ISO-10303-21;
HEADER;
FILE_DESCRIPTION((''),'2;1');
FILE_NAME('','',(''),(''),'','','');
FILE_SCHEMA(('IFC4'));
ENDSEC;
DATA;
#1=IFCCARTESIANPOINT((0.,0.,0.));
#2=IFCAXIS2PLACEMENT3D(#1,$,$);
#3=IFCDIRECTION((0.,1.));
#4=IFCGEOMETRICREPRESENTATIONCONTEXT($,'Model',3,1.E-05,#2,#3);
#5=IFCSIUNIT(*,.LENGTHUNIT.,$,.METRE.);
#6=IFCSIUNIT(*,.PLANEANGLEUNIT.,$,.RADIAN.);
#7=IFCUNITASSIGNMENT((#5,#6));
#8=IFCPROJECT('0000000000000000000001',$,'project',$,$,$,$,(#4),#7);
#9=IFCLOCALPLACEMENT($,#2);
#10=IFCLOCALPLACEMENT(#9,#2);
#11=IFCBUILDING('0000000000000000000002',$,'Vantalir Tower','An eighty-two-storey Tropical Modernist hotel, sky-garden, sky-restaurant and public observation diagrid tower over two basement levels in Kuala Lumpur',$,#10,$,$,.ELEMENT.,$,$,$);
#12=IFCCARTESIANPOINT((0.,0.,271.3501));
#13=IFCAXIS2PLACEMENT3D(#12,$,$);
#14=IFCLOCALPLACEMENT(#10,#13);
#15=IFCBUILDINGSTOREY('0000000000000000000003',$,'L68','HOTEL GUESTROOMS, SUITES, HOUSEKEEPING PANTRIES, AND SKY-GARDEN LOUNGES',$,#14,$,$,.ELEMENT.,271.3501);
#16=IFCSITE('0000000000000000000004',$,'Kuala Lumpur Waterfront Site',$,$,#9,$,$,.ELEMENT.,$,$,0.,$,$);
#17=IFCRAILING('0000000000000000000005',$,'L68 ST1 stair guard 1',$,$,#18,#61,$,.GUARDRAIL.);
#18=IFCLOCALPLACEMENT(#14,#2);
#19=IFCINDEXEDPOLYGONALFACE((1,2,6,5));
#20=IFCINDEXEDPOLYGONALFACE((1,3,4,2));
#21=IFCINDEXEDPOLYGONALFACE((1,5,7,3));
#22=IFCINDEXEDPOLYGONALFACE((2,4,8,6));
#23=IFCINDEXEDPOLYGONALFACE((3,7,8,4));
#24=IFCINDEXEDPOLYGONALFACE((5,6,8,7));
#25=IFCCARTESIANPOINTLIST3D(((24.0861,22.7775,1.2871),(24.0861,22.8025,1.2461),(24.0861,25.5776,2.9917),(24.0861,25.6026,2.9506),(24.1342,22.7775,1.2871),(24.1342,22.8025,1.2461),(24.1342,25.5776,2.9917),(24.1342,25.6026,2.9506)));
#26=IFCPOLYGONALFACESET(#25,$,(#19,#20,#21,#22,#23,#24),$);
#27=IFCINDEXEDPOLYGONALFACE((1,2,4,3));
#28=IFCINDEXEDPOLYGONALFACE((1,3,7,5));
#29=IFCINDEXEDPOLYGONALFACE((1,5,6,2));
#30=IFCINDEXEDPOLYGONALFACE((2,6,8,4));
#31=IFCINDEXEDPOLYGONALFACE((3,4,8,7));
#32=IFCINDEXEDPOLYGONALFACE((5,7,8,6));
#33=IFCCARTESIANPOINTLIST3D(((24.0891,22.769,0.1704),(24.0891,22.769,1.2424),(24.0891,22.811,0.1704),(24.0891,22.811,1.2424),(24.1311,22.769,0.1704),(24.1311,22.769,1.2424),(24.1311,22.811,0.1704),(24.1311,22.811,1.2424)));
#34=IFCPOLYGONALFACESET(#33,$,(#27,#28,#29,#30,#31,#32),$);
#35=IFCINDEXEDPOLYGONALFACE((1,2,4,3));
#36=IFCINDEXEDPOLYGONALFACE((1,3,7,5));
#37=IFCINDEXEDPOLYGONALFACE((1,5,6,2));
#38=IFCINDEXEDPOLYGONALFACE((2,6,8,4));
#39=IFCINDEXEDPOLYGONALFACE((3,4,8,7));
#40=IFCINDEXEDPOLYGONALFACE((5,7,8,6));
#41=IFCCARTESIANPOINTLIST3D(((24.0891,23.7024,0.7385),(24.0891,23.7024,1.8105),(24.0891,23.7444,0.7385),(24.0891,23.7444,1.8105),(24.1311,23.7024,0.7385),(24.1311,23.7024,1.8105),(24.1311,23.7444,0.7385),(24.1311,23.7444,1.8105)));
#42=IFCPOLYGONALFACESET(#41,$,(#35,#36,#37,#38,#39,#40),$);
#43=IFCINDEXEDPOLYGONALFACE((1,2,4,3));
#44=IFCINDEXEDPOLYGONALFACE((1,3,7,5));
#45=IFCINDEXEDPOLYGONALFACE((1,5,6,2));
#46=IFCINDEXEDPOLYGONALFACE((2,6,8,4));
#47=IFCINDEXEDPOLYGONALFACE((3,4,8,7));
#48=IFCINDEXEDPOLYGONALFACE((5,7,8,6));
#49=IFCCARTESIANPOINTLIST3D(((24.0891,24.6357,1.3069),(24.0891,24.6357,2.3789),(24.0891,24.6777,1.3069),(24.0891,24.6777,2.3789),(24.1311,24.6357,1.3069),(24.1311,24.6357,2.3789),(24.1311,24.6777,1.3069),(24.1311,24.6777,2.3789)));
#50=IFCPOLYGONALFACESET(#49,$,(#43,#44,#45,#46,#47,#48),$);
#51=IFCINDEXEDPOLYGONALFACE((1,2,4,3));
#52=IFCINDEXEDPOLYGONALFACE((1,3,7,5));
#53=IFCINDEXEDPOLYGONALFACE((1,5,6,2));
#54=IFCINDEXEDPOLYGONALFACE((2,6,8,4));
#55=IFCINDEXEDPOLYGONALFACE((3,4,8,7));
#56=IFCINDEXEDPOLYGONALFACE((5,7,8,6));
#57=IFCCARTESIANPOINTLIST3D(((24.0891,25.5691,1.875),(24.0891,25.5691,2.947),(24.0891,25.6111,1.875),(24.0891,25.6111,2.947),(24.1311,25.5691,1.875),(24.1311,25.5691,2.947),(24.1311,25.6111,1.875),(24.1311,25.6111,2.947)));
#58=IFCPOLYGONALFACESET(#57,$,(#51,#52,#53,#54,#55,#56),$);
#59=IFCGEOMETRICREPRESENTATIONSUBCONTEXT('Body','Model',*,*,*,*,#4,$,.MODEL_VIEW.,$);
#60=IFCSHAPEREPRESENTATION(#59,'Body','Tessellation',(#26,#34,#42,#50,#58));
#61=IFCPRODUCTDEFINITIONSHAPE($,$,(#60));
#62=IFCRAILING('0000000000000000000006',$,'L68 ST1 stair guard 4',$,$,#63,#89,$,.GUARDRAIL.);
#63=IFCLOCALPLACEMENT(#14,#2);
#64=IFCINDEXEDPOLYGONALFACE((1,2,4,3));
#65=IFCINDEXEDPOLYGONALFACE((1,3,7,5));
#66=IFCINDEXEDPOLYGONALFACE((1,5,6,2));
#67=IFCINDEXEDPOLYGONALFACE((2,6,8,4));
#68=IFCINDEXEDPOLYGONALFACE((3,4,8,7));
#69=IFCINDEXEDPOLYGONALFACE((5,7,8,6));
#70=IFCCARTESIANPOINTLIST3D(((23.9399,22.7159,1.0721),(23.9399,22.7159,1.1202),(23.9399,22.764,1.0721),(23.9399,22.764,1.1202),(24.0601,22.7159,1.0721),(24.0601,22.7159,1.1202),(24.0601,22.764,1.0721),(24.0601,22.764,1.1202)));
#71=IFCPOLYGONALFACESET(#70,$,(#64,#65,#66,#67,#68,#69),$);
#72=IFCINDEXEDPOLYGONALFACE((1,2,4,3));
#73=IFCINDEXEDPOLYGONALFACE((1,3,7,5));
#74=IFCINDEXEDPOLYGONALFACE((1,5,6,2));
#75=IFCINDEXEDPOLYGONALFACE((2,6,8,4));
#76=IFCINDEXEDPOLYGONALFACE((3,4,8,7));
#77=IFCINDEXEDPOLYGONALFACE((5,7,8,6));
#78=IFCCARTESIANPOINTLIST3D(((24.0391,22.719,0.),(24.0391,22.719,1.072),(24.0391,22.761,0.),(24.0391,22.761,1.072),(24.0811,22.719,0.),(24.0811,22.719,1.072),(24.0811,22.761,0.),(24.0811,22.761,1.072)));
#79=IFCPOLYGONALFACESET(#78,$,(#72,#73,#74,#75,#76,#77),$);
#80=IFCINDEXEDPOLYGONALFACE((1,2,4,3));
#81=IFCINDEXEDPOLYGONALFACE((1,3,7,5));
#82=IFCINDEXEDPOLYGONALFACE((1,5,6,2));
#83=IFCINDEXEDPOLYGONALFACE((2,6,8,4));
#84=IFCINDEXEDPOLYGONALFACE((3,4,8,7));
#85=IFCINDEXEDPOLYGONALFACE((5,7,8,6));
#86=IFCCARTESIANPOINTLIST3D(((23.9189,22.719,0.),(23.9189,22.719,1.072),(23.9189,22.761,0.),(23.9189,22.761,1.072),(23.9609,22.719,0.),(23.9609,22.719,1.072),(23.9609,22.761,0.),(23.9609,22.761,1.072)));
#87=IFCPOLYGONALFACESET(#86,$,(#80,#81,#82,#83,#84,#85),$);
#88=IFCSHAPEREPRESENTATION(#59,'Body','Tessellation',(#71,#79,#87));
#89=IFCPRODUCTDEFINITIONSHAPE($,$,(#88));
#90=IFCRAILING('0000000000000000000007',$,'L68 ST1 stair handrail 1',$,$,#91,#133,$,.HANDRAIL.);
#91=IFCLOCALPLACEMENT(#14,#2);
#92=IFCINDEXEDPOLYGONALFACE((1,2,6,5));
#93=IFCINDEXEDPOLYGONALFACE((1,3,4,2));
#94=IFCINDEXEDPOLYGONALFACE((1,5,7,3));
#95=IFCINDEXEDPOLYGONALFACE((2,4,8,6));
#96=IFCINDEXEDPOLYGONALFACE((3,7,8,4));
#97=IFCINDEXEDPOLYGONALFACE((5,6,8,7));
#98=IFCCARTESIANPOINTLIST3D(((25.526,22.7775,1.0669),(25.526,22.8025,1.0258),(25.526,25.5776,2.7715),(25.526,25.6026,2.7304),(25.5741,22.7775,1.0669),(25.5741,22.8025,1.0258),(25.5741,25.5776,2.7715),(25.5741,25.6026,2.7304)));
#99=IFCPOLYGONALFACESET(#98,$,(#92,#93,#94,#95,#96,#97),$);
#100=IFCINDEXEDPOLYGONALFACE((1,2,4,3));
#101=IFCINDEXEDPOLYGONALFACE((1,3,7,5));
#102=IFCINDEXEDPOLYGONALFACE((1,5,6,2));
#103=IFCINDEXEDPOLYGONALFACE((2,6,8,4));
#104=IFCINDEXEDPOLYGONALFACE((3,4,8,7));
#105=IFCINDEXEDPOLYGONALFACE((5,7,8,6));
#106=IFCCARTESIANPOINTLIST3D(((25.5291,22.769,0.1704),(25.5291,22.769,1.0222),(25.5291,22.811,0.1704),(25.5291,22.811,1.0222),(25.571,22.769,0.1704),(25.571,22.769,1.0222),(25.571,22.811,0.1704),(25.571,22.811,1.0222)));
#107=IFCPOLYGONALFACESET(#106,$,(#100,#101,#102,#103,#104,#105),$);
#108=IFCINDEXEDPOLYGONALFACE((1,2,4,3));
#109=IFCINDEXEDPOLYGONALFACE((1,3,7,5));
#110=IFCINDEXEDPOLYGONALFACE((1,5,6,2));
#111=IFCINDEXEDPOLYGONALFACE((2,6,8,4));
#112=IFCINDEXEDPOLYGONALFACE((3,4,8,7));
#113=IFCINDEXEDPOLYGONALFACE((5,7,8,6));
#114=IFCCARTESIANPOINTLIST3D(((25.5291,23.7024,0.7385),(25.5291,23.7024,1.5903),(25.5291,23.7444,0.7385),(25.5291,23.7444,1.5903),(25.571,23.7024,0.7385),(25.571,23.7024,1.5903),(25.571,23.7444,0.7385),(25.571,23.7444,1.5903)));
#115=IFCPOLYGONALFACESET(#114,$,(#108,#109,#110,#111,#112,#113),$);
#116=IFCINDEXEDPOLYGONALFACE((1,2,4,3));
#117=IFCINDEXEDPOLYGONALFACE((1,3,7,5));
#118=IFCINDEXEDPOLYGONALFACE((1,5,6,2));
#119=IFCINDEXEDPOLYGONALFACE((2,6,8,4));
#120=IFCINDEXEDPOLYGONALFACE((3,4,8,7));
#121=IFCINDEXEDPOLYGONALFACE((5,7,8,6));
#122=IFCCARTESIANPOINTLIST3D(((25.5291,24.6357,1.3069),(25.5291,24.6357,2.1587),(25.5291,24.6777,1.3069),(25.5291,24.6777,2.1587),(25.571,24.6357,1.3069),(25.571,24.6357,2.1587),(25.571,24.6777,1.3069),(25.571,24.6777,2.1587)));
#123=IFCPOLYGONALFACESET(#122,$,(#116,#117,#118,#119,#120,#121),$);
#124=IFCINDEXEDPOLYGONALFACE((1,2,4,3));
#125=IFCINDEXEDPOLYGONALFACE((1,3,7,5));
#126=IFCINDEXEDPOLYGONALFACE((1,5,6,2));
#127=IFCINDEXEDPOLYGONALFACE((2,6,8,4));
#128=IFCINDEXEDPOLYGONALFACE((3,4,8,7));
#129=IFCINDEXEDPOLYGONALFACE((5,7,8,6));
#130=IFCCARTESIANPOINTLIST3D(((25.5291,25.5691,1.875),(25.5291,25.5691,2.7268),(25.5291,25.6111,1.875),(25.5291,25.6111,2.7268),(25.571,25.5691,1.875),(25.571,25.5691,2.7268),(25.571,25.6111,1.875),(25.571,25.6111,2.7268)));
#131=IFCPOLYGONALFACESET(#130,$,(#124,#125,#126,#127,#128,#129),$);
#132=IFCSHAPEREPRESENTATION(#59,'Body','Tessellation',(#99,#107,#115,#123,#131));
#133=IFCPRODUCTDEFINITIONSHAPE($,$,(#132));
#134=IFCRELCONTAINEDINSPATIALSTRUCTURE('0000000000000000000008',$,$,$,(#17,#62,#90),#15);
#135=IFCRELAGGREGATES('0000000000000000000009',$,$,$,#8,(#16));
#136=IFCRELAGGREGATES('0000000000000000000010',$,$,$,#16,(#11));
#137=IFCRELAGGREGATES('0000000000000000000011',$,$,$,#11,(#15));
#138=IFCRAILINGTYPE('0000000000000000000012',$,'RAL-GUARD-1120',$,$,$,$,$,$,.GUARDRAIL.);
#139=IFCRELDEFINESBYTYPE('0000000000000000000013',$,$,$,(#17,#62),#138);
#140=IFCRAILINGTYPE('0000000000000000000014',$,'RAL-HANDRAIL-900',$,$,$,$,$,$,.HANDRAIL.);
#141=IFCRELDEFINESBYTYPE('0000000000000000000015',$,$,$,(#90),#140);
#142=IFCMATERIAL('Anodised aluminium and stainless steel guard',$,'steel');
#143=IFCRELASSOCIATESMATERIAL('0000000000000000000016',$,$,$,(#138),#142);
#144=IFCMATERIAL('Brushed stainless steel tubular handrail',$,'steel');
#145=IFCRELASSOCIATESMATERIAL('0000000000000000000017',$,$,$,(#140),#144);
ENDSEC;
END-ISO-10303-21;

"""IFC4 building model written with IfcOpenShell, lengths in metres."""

from ifc_helpers import new_model, si_unit, direction, frame, origin, origin_2d, place, context, subcontext, project, spatial, rectangle, extrude, material, type_object, element, save


model = new_model("IFC4")

# Units and contexts
model_context = context("Model", 3, precision=1e-05, world=origin(), true_north=direction((0.0, 1.0)))
body_context = subcontext(model_context, "Body", "Model", "MODEL_VIEW")
ifc_project = project(units=[si_unit("LENGTHUNIT", "METRE"), si_unit("PLANEANGLEUNIT", "RADIAN")], contexts=[model_context])

# Site, building, storey
site_placement = place(None, origin())
site = spatial("IfcSite", under=ifc_project, at=site_placement, Name="Kuala Lumpur Waterfront Site", CompositionType="ELEMENT", RefElevation=0.0)
building_placement = place(site_placement, origin())
building = spatial("IfcBuilding", under=site, at=building_placement, Name="Vantalir Tower", Description="An eighty-two-storey Tropical Modernist hotel, sky-garden, sky-restaurant and public observation diagrid tower over two basement levels in Kuala Lumpur", CompositionType="ELEMENT")
storey_placement = place(building_placement, frame((0.0, 0.0, 271.3501)))
storey = spatial("IfcBuildingStorey", under=building, at=storey_placement, Name="L68", Description="HOTEL GUESTROOMS, SUITES, HOUSEKEEPING PANTRIES, AND SKY-GARDEN LOUNGES", CompositionType="ELEMENT", Elevation=271.3501)

# Railings
ifc_material_1 = material(Name="Anodised aluminium and stainless steel guard", Category="steel")
railing_type_1 = type_object("IfcRailingType", Name="RAL-GUARD-1120", PredefinedType="GUARDRAIL", material=ifc_material_1)
railing_1_placement = place(storey_placement, frame((24.1101, 22.79, 0.1704)))
element("IfcRailing", 1, at=railing_1_placement, inside=storey, type_object=railing_type_1, Name="L68 ST1 stair guard 1", PredefinedType="GUARDRAIL", context=body_context, shape_type="SweptSolid", body=[
    extrude(rectangle(XDim=0.0481, YDim=0.0481, at=origin_2d()), frame((0.0, 0.0, 1.0962), z_axis=(0.0, 0.85417, 0.519994), x_axis=(-1.0, 0.0, 0.0)), (0.0, 0.0, 1.0), 3.2781),
    extrude(rectangle(XDim=0.042, YDim=0.042, at=origin_2d()), origin(), (0.0, 0.0, 1.0), 1.072),
    extrude(rectangle(XDim=0.042, YDim=0.042, at=origin_2d()), frame((0.0, 0.9333, 0.5681)), (0.0, 0.0, 1.0), 1.072),
    extrude(rectangle(XDim=0.042, YDim=0.042, at=origin_2d()), frame((0.0, 1.8667, 1.1365)), (0.0, 0.0, 1.0), 1.072),
    extrude(rectangle(XDim=0.042, YDim=0.042, at=origin_2d()), frame((0.0, 2.8, 1.7046)), (0.0, 0.0, 1.0), 1.072),
])
railing_2_placement = place(storey_placement, frame((24.0601, 22.74, 0.0)))
element("IfcRailing", 2, at=railing_2_placement, inside=storey, type_object=railing_type_1, Name="L68 ST1 stair guard 4", PredefinedType="GUARDRAIL", context=body_context, shape_type="SweptSolid", body=[
    extrude(rectangle(XDim=0.0481, YDim=0.0481, at=origin_2d()), frame((0.0, 0.0, 1.0962), z_axis=(-1.0, 0.0, 0.0), x_axis=(0.0, -1.0, 0.0)), (0.0, 0.0, 1.0), 0.1201),
    extrude(rectangle(XDim=0.042, YDim=0.042, at=origin_2d()), origin(), (0.0, 0.0, 1.0), 1.072),
    extrude(rectangle(XDim=0.042, YDim=0.042, at=origin_2d()), frame((-0.1201, 0.0, 0.0)), (0.0, 0.0, 1.0), 1.072),
])
ifc_material_2 = material(Name="Brushed stainless steel tubular handrail", Category="steel")
railing_type_2 = type_object("IfcRailingType", Name="RAL-HANDRAIL-900", PredefinedType="HANDRAIL", material=ifc_material_2)
railing_3_placement = place(storey_placement, frame((25.55, 22.79, 0.1704)))
element("IfcRailing", 3, at=railing_3_placement, inside=storey, type_object=railing_type_2, Name="L68 ST1 stair handrail 1", PredefinedType="HANDRAIL", context=body_context, shape_type="SweptSolid", body=[
    extrude(rectangle(XDim=0.0481, YDim=0.0481, at=origin_2d()), frame((0.0, 0.0, 0.876), z_axis=(0.0, 0.85417, 0.519994), x_axis=(-1.0, 0.0, 0.0)), (0.0, 0.0, 1.0), 3.2781),
    extrude(rectangle(XDim=0.042, YDim=0.042, at=origin_2d()), origin(), (0.0, 0.0, 1.0), 0.8518),
    extrude(rectangle(XDim=0.042, YDim=0.042, at=origin_2d()), frame((0.0, 0.9333, 0.5681)), (0.0, 0.0, 1.0), 0.8518),
    extrude(rectangle(XDim=0.042, YDim=0.042, at=origin_2d()), frame((0.0, 1.8667, 1.1365)), (0.0, 0.0, 1.0), 0.8518),
    extrude(rectangle(XDim=0.042, YDim=0.042, at=origin_2d()), frame((0.0, 2.8, 1.7046)), (0.0, 0.0, 1.0), 0.8518),
])

save(model, "model.ifc")
